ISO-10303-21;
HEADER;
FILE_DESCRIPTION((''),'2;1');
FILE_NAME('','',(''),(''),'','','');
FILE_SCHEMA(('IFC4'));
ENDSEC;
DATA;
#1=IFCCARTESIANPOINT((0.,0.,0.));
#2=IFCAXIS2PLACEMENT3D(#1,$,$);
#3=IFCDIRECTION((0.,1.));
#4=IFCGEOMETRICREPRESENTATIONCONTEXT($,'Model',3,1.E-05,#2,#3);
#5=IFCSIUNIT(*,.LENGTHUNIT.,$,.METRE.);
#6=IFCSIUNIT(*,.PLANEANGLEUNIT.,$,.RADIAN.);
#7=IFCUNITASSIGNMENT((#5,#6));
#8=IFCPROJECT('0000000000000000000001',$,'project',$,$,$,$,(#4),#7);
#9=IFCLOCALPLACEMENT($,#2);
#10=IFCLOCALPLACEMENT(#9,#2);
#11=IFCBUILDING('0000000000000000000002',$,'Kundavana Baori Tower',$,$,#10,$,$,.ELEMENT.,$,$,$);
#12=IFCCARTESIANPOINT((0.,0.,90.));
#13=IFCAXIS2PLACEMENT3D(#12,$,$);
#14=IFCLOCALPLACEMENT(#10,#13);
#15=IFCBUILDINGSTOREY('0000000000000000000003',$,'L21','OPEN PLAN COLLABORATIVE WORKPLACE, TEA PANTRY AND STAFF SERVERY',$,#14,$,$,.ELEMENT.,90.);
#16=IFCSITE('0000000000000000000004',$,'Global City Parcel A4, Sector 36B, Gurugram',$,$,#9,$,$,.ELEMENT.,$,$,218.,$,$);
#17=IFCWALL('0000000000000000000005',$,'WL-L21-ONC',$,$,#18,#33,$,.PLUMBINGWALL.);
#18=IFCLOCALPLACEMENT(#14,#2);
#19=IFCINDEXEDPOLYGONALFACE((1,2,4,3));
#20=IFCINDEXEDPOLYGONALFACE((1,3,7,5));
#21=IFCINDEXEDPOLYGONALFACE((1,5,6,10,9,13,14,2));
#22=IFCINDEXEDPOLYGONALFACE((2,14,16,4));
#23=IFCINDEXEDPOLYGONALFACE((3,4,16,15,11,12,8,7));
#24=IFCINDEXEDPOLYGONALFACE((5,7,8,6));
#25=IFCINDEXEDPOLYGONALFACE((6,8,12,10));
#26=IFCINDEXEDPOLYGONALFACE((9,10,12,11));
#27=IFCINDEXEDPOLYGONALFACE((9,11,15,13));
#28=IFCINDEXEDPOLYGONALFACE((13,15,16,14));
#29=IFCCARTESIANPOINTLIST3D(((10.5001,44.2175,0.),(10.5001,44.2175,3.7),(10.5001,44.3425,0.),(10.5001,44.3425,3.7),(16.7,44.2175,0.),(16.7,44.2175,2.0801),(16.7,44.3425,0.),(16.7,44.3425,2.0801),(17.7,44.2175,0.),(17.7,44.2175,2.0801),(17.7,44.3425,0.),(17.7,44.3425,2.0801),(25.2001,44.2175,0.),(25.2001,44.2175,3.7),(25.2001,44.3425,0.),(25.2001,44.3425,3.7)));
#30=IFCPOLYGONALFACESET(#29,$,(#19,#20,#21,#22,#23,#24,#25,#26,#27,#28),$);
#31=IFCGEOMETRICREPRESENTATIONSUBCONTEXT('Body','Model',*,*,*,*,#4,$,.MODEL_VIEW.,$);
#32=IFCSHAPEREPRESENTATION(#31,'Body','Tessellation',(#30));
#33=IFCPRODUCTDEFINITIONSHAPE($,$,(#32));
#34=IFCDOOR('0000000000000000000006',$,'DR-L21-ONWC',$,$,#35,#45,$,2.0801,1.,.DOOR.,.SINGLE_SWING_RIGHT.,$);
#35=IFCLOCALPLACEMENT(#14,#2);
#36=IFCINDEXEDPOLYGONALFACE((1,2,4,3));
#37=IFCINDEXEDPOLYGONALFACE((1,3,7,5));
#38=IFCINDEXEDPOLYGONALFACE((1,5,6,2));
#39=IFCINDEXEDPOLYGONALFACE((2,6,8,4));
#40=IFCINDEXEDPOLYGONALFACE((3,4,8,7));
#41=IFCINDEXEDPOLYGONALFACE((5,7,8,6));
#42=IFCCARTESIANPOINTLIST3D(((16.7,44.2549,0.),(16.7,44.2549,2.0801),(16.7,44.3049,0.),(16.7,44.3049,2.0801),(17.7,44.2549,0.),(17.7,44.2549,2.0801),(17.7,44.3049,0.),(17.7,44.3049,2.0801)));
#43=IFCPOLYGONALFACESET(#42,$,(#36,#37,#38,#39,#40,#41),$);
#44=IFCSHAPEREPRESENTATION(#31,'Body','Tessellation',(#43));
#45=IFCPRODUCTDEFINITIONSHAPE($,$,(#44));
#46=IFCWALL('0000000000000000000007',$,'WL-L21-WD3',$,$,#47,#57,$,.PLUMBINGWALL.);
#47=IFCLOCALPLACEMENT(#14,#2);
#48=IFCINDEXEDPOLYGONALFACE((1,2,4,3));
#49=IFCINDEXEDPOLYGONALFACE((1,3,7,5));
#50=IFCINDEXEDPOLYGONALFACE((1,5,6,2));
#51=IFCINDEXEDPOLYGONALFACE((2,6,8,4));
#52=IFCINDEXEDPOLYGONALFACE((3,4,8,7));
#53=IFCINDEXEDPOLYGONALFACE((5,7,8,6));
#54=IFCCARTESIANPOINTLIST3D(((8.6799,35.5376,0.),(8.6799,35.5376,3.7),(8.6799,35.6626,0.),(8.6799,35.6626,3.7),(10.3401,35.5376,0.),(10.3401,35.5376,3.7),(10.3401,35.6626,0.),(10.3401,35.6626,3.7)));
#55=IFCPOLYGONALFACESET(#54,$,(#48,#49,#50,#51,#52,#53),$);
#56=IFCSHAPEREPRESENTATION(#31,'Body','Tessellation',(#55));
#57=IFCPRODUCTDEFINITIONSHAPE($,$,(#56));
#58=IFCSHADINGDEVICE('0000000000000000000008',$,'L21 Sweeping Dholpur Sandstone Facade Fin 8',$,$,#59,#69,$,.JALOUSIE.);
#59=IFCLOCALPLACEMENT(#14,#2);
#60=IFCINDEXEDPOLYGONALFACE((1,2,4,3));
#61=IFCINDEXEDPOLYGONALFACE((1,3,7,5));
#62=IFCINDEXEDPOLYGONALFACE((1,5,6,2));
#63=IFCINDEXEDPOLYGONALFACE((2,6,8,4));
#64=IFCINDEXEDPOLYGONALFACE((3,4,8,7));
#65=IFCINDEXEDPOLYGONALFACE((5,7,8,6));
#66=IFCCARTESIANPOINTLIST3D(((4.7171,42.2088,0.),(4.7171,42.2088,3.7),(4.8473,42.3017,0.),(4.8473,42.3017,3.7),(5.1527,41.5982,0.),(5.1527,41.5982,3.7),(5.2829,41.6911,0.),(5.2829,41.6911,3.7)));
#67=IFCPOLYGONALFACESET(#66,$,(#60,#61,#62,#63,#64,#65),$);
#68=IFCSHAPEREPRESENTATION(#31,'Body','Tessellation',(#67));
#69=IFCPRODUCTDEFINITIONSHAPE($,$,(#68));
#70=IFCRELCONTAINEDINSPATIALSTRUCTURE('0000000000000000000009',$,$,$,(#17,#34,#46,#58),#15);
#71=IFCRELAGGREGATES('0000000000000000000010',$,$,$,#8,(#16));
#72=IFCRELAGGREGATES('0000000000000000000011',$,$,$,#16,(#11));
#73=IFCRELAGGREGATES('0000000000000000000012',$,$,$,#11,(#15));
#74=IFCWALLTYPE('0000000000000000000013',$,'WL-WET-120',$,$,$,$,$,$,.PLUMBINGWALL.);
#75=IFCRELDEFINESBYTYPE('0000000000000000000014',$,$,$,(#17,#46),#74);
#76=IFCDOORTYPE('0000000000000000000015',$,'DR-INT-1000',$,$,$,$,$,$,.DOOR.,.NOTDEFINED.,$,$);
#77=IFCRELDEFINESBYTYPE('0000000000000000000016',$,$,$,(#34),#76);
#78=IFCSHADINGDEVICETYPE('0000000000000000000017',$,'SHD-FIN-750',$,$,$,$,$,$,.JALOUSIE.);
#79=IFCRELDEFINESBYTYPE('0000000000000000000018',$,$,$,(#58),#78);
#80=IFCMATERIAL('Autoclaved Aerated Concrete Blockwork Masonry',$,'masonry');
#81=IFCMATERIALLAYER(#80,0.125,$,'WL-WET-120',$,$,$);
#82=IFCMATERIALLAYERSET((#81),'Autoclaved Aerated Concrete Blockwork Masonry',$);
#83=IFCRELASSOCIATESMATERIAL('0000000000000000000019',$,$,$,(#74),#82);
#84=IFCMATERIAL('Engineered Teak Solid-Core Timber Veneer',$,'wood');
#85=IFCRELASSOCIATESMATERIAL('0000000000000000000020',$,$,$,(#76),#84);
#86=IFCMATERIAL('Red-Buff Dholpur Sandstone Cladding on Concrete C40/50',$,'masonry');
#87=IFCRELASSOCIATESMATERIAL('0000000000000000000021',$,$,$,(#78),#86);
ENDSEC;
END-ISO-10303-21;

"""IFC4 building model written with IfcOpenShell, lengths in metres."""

from ifc_helpers import new_model, si_unit, direction, frame, frame_2d, origin, origin_2d, place, context, subcontext, project, spatial, rectangle, extrude, material, layer, layer_set, type_object, element, fill, save


model = new_model("IFC4")

# Units and contexts
model_context = context("Model", 3, precision=1e-05, world=origin(), true_north=direction((0.0, 1.0)))
body_context = subcontext(model_context, "Body", "Model", "MODEL_VIEW")
ifc_project = project(units=[si_unit("LENGTHUNIT", "METRE"), si_unit("PLANEANGLEUNIT", "RADIAN")], contexts=[model_context])

# Site, building, storey
site_placement = place(None, origin())
site = spatial("IfcSite", under=ifc_project, at=site_placement, Name="Global City Parcel A4, Sector 36B, Gurugram", CompositionType="ELEMENT", RefElevation=218.0)
building_placement = place(site_placement, origin())
building = spatial("IfcBuilding", under=site, at=building_placement, Name="Kundavana Baori Tower", CompositionType="ELEMENT")
storey_placement = place(building_placement, frame((0.0, 0.0, 90.0)))
storey = spatial("IfcBuildingStorey", under=building, at=storey_placement, Name="L21", Description="OPEN PLAN COLLABORATIVE WORKPLACE, TEA PANTRY AND STAFF SERVERY", CompositionType="ELEMENT", Elevation=90.0)

# Shared definitions
ifc_material_1 = material(Name="Autoclaved Aerated Concrete Blockwork Masonry", Category="masonry")
ifc_layer_1 = layer(ifc_material_1, 0.125, Name="WL-WET-120")
ifc_layer_set_1 = layer_set([ifc_layer_1], Name="Autoclaved Aerated Concrete Blockwork Masonry")
wall_type_1 = type_object("IfcWallType", Name="WL-WET-120", PredefinedType="PLUMBINGWALL", material=ifc_layer_set_1)

# Wall, opening, door
wall_1_placement = place(storey_placement, frame((10.5, 44.28, 0.0), z_axis=(0.0, 0.0, 1.0), x_axis=(1.0, 0.0, 0.0)))
wall_1 = element("IfcWall", 1, at=wall_1_placement, inside=storey, type_object=wall_type_1, Name="WL-L21-ONC", PredefinedType="PLUMBINGWALL", context=body_context, shape_type="SweptSolid", body=[
    extrude(rectangle(XDim=14.7, YDim=0.125, at=frame_2d((7.3501, 0.0))), origin(), (0.0, 0.0, 1.0), 3.7),
])
opening_1_placement = place(wall_1_placement, frame((6.2, 0.0, 0.0)))
opening_1 = element("IfcOpeningElement", 2, at=opening_1_placement, cuts=wall_1, PredefinedType="OPENING", context=body_context, shape_type="SweptSolid", body=[
    extrude(rectangle(XDim=1.0, YDim=2.0801, at=frame_2d((0.5, 1.04))), frame((0.0, 0.0725, 0.0), z_axis=(0.0, -1.0, 0.0), x_axis=(1.0, 0.0, 0.0)), (0.0, 0.0, 1.0), 0.145),
])
ifc_material_2 = material(Name="Engineered Teak Solid-Core Timber Veneer", Category="wood")
door_type_1 = type_object("IfcDoorType", Name="DR-INT-1000", OperationType="NOTDEFINED", PredefinedType="DOOR", material=ifc_material_2)
door_1_placement = place(opening_1_placement, origin())
door_1 = element("IfcDoor", 3, at=door_1_placement, inside=storey, type_object=door_type_1, Name="DR-L21-ONWC", OperationType="SINGLE_SWING_RIGHT", OverallHeight=2.0801, OverallWidth=1.0, PredefinedType="DOOR", context=body_context, shape_type="SweptSolid", body=[
    extrude(rectangle(XDim=1.0, YDim=2.0801, at=frame_2d((0.5, 1.04))), frame((0.0, 0.0249, 0.0), z_axis=(0.0, -1.0, 0.0), x_axis=(1.0, 0.0, 0.0)), (0.0, 0.0, 1.0), 0.05),
])
fill(opening_1, door_1)

# Wall
wall_2_placement = place(storey_placement, frame((8.6799, 35.6001, 0.0), z_axis=(0.0, 0.0, 1.0), x_axis=(1.0, 0.0, 0.0)))
element("IfcWall", 4, at=wall_2_placement, inside=storey, type_object=wall_type_1, Name="WL-L21-WD3", PredefinedType="PLUMBINGWALL", context=body_context, shape_type="SweptSolid", body=[
    extrude(rectangle(XDim=1.6602, YDim=0.125, at=frame_2d((0.8301, 0.0))), origin(), (0.0, 0.0, 1.0), 3.7),
])

# Shading device
ifc_material_3 = material(Name="Red-Buff Dholpur Sandstone Cladding on Concrete C40/50", Category="masonry")
shading_device_type = type_object("IfcShadingDeviceType", Name="SHD-FIN-750", PredefinedType="JALOUSIE", material=ifc_material_3)
shading_device_placement = place(storey_placement, frame((5.0, 41.95, 0.0), z_axis=(0.0, 0.0, 1.0), x_axis=(0.814116, 0.580703, 0.0)))
element("IfcShadingDevice", 5, at=shading_device_placement, inside=storey, type_object=shading_device_type, Name="L21 Sweeping Dholpur Sandstone Facade Fin 8", PredefinedType="JALOUSIE", context=body_context, shape_type="SweptSolid", body=[
    extrude(rectangle(XDim=0.1599, YDim=0.75, at=origin_2d()), origin(), (0.0, 0.0, 1.0), 3.7),
])

save(model, "model.ifc")
